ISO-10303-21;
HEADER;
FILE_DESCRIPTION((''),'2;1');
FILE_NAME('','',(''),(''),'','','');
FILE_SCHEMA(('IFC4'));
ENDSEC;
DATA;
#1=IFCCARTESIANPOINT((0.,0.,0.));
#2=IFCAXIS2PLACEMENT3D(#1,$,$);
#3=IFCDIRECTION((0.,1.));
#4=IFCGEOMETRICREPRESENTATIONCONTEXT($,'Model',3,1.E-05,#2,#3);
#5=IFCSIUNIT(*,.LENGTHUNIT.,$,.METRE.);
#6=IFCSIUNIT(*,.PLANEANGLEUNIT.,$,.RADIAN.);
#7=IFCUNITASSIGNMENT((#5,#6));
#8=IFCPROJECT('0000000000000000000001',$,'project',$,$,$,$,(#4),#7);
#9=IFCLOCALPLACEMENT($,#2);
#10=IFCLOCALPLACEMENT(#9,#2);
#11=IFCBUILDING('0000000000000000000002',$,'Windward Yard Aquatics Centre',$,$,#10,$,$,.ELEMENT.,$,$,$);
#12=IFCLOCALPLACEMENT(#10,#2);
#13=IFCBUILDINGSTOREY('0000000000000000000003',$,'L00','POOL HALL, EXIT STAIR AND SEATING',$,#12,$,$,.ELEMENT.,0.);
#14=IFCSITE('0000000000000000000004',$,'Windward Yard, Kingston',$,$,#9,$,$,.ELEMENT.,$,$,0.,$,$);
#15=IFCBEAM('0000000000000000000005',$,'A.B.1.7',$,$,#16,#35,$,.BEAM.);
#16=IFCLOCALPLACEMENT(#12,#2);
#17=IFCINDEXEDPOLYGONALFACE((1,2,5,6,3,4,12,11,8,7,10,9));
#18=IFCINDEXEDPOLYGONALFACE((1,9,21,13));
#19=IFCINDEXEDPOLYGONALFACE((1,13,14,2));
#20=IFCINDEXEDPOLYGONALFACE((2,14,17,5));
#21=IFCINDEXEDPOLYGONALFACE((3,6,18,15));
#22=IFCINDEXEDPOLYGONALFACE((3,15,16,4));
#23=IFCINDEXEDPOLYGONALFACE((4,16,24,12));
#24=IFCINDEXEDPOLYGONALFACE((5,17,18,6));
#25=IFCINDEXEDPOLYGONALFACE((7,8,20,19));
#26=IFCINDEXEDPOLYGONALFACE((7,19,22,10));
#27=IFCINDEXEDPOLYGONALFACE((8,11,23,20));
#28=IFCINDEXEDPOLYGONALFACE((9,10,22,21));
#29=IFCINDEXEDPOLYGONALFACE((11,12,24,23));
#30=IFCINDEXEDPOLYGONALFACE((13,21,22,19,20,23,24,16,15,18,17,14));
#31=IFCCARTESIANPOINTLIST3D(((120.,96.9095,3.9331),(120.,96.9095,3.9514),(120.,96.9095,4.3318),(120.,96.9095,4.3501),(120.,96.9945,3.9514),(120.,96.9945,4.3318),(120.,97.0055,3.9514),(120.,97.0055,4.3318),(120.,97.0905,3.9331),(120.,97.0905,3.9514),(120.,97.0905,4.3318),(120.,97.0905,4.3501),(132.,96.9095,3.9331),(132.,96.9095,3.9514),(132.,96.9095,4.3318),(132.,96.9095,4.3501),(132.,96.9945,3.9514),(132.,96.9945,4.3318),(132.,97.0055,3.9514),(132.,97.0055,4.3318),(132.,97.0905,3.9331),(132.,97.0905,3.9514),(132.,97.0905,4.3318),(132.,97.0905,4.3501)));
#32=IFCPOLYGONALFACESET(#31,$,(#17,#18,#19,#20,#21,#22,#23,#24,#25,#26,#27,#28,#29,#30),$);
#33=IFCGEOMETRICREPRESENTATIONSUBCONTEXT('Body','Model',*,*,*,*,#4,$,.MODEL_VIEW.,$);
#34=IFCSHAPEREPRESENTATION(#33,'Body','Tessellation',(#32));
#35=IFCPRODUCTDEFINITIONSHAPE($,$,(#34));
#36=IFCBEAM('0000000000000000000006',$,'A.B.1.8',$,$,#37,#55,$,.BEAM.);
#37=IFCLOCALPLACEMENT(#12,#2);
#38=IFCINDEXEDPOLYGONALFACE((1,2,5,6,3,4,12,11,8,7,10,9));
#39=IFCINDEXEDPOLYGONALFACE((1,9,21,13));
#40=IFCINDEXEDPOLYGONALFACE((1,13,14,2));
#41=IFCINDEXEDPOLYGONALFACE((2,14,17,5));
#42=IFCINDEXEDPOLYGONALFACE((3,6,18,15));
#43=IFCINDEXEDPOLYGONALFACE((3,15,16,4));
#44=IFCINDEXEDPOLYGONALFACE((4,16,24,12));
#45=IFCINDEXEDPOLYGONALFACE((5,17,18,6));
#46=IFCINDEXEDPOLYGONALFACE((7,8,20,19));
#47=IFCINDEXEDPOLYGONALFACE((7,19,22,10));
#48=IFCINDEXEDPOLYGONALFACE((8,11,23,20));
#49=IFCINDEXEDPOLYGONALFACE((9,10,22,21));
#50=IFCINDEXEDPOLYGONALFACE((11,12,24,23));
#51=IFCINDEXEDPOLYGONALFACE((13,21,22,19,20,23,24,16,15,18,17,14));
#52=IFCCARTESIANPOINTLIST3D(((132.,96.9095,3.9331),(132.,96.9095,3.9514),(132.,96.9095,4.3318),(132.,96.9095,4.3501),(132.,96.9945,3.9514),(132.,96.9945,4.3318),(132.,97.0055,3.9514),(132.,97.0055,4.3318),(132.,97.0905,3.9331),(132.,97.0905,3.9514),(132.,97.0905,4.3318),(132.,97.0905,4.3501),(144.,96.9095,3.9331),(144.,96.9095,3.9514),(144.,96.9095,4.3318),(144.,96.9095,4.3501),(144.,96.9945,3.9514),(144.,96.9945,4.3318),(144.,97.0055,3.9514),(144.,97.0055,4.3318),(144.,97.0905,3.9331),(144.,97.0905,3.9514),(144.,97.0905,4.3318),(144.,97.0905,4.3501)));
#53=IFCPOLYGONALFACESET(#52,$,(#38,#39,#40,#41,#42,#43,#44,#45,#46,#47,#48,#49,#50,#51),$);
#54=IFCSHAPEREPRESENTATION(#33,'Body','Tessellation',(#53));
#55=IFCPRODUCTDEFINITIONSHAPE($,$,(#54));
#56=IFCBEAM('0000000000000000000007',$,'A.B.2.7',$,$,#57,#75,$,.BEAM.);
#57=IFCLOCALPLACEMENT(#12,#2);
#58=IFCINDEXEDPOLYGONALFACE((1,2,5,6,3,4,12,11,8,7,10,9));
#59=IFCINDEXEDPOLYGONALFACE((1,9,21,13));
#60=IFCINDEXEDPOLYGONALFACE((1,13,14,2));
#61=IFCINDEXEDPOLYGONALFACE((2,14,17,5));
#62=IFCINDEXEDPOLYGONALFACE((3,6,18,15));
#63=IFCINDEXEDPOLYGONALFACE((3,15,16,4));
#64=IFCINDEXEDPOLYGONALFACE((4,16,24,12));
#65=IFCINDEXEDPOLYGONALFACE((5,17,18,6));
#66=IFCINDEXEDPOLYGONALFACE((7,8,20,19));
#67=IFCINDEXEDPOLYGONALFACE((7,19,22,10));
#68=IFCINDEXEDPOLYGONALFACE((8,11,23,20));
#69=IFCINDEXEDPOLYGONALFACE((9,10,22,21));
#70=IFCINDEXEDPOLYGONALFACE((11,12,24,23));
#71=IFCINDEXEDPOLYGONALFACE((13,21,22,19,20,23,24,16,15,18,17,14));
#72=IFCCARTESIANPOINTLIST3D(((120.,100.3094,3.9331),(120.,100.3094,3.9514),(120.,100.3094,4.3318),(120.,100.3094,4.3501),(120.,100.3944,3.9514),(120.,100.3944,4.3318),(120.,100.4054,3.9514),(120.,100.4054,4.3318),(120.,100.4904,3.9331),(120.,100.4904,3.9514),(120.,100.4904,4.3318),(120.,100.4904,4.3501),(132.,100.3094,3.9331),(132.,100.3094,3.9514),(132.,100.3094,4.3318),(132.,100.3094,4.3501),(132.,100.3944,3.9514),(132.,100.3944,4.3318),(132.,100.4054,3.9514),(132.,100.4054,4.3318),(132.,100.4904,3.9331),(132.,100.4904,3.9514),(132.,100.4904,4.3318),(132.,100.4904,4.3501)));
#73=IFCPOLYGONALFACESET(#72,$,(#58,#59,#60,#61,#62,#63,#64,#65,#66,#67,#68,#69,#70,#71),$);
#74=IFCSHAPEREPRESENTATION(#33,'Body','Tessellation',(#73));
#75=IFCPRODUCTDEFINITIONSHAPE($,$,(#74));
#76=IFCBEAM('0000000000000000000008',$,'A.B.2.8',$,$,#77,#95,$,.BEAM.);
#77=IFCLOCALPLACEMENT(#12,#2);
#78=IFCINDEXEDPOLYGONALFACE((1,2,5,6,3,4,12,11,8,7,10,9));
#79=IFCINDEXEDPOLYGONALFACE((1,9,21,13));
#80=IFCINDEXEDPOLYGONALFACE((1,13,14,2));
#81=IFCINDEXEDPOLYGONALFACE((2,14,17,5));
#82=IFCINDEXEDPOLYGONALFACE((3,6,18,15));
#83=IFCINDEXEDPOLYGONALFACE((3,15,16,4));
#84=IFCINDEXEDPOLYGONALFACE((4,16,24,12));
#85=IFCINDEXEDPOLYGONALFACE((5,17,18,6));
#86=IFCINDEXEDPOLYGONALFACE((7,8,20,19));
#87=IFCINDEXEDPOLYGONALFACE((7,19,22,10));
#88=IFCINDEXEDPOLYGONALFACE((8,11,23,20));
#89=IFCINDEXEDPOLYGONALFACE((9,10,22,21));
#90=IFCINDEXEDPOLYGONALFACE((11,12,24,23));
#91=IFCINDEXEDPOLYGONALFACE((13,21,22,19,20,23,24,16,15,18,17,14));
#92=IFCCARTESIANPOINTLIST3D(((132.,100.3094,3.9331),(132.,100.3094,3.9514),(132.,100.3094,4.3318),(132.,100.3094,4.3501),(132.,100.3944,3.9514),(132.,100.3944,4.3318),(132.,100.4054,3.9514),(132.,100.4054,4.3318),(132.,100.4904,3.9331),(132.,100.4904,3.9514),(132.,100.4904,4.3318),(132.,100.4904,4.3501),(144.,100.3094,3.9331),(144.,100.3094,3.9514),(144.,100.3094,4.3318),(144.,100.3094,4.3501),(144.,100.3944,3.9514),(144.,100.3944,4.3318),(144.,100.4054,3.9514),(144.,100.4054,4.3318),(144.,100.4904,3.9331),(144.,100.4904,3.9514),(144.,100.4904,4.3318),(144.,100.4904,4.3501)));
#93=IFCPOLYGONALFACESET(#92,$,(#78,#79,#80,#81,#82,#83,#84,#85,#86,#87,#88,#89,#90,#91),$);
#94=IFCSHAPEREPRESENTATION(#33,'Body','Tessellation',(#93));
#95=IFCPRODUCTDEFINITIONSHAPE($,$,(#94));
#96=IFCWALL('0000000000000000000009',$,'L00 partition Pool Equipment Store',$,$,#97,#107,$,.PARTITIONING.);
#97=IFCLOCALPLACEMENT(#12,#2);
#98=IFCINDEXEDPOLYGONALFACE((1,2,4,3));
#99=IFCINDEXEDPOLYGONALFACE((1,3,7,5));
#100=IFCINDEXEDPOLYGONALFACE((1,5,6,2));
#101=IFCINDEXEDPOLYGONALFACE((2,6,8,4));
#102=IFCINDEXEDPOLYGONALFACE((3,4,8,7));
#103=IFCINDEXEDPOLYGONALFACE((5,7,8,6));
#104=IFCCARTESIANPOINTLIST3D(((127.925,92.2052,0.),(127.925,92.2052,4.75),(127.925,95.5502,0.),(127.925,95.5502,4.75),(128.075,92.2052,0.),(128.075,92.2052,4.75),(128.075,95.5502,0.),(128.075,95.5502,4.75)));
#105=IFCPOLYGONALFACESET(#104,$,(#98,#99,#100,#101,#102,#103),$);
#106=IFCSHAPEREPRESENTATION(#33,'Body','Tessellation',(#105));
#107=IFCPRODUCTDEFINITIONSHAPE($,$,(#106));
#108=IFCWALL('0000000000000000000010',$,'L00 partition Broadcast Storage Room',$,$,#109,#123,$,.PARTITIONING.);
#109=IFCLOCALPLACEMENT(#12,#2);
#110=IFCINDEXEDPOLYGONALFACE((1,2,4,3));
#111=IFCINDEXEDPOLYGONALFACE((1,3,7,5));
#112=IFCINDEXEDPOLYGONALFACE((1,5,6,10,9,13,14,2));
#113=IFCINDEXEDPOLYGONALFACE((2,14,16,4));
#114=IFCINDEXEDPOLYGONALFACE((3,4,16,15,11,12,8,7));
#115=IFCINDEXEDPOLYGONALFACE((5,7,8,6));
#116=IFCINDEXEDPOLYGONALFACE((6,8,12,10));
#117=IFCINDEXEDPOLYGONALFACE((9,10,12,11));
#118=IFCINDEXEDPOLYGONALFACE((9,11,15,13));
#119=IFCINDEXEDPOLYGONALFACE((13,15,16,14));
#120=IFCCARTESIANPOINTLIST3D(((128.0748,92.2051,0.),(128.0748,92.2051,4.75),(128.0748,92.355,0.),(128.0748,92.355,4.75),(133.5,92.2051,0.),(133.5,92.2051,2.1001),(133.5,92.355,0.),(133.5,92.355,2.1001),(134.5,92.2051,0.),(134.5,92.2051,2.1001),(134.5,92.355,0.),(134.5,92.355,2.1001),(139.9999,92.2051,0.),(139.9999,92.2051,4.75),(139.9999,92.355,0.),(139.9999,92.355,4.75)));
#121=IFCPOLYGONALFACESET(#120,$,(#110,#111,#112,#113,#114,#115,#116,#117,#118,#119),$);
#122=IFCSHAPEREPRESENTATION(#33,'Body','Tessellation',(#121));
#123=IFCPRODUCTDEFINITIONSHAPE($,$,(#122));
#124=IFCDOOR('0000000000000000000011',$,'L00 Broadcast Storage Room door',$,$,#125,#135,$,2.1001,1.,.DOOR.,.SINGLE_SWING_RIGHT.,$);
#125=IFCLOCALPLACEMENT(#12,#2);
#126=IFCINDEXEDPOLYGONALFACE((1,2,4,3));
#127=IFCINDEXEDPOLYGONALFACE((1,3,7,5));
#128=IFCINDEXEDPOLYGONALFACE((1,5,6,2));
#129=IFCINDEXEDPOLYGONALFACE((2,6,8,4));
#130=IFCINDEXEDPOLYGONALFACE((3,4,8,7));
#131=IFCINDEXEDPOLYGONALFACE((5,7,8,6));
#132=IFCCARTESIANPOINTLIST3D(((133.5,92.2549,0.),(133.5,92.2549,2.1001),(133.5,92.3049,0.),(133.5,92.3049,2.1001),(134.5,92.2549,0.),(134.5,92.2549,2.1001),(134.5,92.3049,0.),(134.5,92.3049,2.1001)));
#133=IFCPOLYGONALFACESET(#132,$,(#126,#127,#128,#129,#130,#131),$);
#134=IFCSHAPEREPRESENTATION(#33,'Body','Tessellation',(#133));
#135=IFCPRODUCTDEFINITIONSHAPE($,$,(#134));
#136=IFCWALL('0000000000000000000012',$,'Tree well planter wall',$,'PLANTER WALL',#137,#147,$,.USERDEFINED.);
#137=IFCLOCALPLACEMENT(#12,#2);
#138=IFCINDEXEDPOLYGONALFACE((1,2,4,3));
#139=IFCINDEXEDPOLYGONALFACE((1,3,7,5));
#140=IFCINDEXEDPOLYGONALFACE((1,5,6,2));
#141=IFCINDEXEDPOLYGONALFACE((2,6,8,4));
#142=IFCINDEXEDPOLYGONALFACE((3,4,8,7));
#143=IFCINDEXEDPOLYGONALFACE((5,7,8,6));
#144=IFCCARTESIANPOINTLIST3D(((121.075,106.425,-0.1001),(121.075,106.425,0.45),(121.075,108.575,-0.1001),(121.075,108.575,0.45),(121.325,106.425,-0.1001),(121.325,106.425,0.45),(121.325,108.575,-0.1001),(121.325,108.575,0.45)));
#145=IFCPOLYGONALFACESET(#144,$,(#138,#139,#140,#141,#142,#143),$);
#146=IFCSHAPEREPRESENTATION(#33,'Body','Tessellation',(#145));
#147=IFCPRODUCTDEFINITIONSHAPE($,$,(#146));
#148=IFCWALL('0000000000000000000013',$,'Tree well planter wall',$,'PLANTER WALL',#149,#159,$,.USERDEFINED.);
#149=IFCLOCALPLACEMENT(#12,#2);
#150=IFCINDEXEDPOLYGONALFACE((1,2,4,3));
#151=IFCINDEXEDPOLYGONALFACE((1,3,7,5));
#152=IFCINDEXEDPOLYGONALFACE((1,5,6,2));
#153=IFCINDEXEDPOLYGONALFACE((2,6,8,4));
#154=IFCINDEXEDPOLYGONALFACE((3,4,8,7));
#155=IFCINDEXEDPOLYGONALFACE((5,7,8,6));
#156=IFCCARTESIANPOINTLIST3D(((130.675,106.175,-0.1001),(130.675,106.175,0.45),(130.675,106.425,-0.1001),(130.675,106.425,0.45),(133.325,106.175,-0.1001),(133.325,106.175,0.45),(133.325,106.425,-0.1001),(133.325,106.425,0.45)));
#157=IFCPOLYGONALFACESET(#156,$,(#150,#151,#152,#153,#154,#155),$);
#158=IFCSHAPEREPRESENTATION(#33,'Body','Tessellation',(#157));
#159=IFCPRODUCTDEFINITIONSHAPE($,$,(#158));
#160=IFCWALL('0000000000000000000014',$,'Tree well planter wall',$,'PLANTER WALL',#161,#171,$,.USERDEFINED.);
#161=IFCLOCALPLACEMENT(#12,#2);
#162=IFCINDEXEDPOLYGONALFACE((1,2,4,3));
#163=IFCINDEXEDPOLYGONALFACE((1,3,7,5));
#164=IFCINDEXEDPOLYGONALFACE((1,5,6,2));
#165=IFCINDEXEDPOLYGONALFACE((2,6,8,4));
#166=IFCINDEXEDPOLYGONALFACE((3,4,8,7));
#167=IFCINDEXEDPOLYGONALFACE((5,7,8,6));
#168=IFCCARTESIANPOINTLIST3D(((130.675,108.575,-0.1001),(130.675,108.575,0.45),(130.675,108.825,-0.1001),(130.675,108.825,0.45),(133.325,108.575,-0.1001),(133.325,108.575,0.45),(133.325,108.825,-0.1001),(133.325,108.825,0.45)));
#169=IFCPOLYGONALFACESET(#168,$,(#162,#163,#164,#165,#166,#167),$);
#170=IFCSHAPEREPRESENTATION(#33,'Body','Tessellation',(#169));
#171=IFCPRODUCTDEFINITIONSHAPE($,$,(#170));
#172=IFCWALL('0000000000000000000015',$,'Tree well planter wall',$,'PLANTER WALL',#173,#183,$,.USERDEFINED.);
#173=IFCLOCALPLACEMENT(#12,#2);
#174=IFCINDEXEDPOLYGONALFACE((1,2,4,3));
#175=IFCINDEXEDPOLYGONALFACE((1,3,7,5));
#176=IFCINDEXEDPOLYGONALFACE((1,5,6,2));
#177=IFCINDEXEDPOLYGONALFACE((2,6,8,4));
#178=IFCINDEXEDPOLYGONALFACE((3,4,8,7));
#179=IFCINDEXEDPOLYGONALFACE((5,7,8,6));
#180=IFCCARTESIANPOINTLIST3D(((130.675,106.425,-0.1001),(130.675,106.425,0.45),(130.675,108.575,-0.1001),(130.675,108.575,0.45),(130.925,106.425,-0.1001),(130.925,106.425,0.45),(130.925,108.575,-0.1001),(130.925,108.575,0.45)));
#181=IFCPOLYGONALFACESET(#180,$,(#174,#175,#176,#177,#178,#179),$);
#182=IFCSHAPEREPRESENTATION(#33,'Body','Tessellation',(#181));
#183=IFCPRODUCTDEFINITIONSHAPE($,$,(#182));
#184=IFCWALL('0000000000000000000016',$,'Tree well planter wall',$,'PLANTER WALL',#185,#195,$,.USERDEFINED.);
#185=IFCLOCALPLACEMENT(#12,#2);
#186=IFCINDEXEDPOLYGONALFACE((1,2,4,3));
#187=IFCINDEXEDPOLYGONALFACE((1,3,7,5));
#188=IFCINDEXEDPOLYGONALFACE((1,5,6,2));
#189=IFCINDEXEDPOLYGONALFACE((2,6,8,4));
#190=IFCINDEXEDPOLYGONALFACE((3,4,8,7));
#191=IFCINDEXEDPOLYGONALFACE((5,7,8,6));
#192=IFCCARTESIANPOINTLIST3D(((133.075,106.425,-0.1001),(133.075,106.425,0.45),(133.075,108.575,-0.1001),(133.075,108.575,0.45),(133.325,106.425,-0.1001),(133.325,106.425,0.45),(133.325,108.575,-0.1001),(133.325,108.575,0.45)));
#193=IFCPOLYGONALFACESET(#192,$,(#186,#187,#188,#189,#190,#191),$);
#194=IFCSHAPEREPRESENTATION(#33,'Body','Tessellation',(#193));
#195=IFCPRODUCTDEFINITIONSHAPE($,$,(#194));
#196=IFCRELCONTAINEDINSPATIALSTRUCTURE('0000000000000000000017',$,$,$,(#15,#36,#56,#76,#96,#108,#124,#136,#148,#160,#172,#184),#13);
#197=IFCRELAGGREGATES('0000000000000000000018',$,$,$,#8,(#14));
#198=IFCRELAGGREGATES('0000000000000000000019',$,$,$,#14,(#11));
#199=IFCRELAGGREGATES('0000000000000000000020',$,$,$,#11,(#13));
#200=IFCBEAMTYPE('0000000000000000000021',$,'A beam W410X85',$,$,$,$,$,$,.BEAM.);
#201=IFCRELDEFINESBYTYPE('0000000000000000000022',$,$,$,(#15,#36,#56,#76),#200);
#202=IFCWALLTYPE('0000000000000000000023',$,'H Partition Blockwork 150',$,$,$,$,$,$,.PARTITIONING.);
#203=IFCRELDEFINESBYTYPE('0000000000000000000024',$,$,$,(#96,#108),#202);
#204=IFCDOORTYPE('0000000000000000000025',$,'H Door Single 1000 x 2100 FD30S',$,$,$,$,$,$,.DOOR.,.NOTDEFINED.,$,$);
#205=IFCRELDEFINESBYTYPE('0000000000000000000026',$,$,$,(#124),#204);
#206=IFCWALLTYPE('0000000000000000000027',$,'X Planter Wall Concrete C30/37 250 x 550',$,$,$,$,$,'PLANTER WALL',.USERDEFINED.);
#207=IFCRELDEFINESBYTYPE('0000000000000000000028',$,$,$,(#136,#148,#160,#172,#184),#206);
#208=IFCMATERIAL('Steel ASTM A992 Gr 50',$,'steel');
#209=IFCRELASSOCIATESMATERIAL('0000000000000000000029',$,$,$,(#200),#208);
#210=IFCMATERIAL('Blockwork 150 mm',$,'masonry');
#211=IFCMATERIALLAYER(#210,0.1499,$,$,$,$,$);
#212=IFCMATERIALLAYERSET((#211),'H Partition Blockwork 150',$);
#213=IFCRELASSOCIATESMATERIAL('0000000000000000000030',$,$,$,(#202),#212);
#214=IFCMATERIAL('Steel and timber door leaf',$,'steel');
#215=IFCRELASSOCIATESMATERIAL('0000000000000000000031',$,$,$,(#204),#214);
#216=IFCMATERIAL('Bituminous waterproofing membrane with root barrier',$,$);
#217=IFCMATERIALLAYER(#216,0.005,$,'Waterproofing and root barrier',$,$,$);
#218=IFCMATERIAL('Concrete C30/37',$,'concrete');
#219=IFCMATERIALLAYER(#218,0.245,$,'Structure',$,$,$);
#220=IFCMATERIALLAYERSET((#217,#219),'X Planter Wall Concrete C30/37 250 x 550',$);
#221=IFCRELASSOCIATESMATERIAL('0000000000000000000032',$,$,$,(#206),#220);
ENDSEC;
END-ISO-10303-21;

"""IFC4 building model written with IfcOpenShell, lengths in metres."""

from ifc_helpers import new_model, si_unit, direction, frame, frame_2d, origin, origin_2d, place, context, subcontext, project, spatial, rectangle, i_section, extrude, material, layer, layer_set, material_profile, profile_set, type_object, element, fill, save


model = new_model("IFC4")

# Units and contexts
model_context = context("Model", 3, precision=1e-05, world=origin(), true_north=direction((0.0, 1.0)))
body_context = subcontext(model_context, "Body", "Model", "MODEL_VIEW")
ifc_project = project(units=[si_unit("LENGTHUNIT", "METRE"), si_unit("PLANEANGLEUNIT", "RADIAN")], contexts=[model_context])

# Site, building, storey
site_placement = place(None, origin())
site = spatial("IfcSite", under=ifc_project, at=site_placement, Name="Windward Yard, Kingston", CompositionType="ELEMENT", RefElevation=0.0)
building_placement = place(site_placement, origin())
building = spatial("IfcBuilding", under=site, at=building_placement, Name="Windward Yard Aquatics Centre", CompositionType="ELEMENT")
storey_placement = place(building_placement, origin())
storey = spatial("IfcBuildingStorey", under=building, at=storey_placement, Name="L00", Description="POOL HALL, EXIT STAIR AND SEATING", CompositionType="ELEMENT", Elevation=0.0)

# Beams
ifc_material_1 = material(Name="Steel ASTM A992 Gr 50", Category="steel")
ifc_material_profile_1 = material_profile(ifc_material_1, i_section(OverallWidth=0.1809, OverallDepth=0.417, WebThickness=0.011, FlangeThickness=0.0183, at=origin_2d()), Name="W410X85")
ifc_profile_set_1 = profile_set([ifc_material_profile_1], Name="Steel ASTM A992 Gr 50")
beam_type = type_object("IfcBeamType", Name="A beam W410X85", PredefinedType="BEAM", material=ifc_profile_set_1)
for number, where, z_axis, x_axis, name in (
    (1, (120.0, 97.0, 4.1416), (1.0, 0.0, 0.0), (0.0, 1.0, 0.0), "A.B.1.7"),
    (2, (132.0, 97.0, 4.1416), (1.0, 0.0, 0.0), (0.0, 1.0, 0.0), "A.B.1.8"),
    (3, (120.0, 100.3999, 4.1416), (1.0, 0.0, 0.0), (0.0, 1.0, 0.0), "A.B.2.7"),
    (4, (132.0, 100.3999, 4.1416), (1.0, 0.0, 0.0), (0.0, 1.0, 0.0), "A.B.2.8"),
):
    element("IfcBeam", number, at=place(storey_placement, frame(where, z_axis=z_axis, x_axis=x_axis)), inside=storey, type_object=beam_type, Name=name, PredefinedType="BEAM", context=body_context, shape_type="SweptSolid", body=[
        extrude(i_section(OverallWidth=0.1809, OverallDepth=0.417, WebThickness=0.011, FlangeThickness=0.0183, at=origin_2d()), origin(), (0.0, 0.0, 1.0), 12.0),
    ])

# Wall
ifc_material_2 = material(Name="Blockwork 150 mm", Category="masonry")
ifc_layer_1 = layer(ifc_material_2, 0.1499)
ifc_layer_set_1 = layer_set([ifc_layer_1], Name="H Partition Blockwork 150")
wall_type_1 = type_object("IfcWallType", Name="H Partition Blockwork 150", PredefinedType="PARTITIONING", material=ifc_layer_set_1)
wall_1_placement = place(storey_placement, frame((128.0, 95.55, 0.0), z_axis=(0.0, 0.0, 1.0), x_axis=(0.0, -1.0, 0.0)))
element("IfcWall", 5, at=wall_1_placement, inside=storey, type_object=wall_type_1, Name="L00 partition Pool Equipment Store", PredefinedType="PARTITIONING", context=body_context, shape_type="SweptSolid", body=[
    extrude(rectangle(XDim=3.345, YDim=0.1499, at=frame_2d((1.6724, 0.0))), origin(), (0.0, 0.0, 1.0), 4.75),
])

# Wall, opening, door
wall_2_placement = place(storey_placement, frame((128.075, 92.28, 0.0), z_axis=(0.0, 0.0, 1.0), x_axis=(1.0, 0.0, 0.0)))
wall_2 = element("IfcWall", 6, at=wall_2_placement, inside=storey, type_object=wall_type_1, Name="L00 partition Broadcast Storage Room", PredefinedType="PARTITIONING", context=body_context, shape_type="SweptSolid", body=[
    extrude(rectangle(XDim=11.925, YDim=0.1499, at=frame_2d((5.9624, 0.0))), origin(), (0.0, 0.0, 1.0), 4.75),
])
opening_placement = place(wall_2_placement, frame((5.425, 0.0, 0.0)))
opening = element("IfcOpeningElement", 7, at=opening_placement, cuts=wall_2, PredefinedType="OPENING", context=body_context, shape_type="SweptSolid", body=[
    extrude(rectangle(XDim=1.0, YDim=2.1001, at=frame_2d((0.5, 1.05))), frame((0.0, 0.085, 0.0), z_axis=(0.0, -1.0, 0.0), x_axis=(1.0, 0.0, 0.0)), (0.0, 0.0, 1.0), 0.1699),
])
ifc_material_3 = material(Name="Steel and timber door leaf", Category="steel")
door_type = type_object("IfcDoorType", Name="H Door Single 1000 x 2100 FD30S", OperationType="NOTDEFINED", PredefinedType="DOOR", material=ifc_material_3)
door_placement = place(opening_placement, origin())
door = element("IfcDoor", 8, at=door_placement, inside=storey, type_object=door_type, Name="L00 Broadcast Storage Room door", OperationType="SINGLE_SWING_RIGHT", OverallHeight=2.1001, OverallWidth=1.0, PredefinedType="DOOR", context=body_context, shape_type="SweptSolid", body=[
    extrude(rectangle(XDim=1.0, YDim=2.1001, at=frame_2d((0.5, 1.05))), frame((0.0, 0.0249, 0.0), z_axis=(0.0, -1.0, 0.0), x_axis=(1.0, 0.0, 0.0)), (0.0, 0.0, 1.0), 0.05),
])
fill(opening, door)

# Walls
ifc_material_4 = material(Name="Bituminous waterproofing membrane with root barrier")
ifc_layer_2 = layer(ifc_material_4, 0.005, Name="Waterproofing and root barrier")
ifc_material_5 = material(Name="Concrete C30/37", Category="concrete")
ifc_layer_3 = layer(ifc_material_5, 0.245, Name="Structure")
ifc_layer_set_2 = layer_set([ifc_layer_2, ifc_layer_3], Name="X Planter Wall Concrete C30/37 250 x 550")
wall_type_2 = type_object("IfcWallType", Name="X Planter Wall Concrete C30/37 250 x 550", ElementType="PLANTER WALL", PredefinedType="USERDEFINED", material=ifc_layer_set_2)
wall_3_placement = place(storey_placement, frame((121.2, 106.425, -0.1001), z_axis=(0.0, 0.0, 1.0), x_axis=(0.0, 1.0, 0.0)))
element("IfcWall", 9, at=wall_3_placement, inside=storey, type_object=wall_type_2, Name="Tree well planter wall", ObjectType="PLANTER WALL", PredefinedType="USERDEFINED", context=body_context, shape_type="SweptSolid", body=[
    extrude(rectangle(XDim=2.1499, YDim=0.25, at=frame_2d((1.075, 0.0))), origin(), (0.0, 0.0, 1.0), 0.55),
])
for number, where, z_axis, x_axis, name in (
    (10, (130.675, 106.3, -0.1001), (0.0, 0.0, 1.0), (1.0, 0.0, 0.0), "Tree well planter wall"),
    (11, (130.675, 108.7, -0.1001), (0.0, 0.0, 1.0), (1.0, 0.0, 0.0), "Tree well planter wall"),
):
    element("IfcWall", number, at=place(storey_placement, frame(where, z_axis=z_axis, x_axis=x_axis)), inside=storey, type_object=wall_type_2, Name=name, ObjectType="PLANTER WALL", PredefinedType="USERDEFINED", context=body_context, shape_type="SweptSolid", body=[
        extrude(rectangle(XDim=2.6499, YDim=0.25, at=frame_2d((1.325, 0.0))), origin(), (0.0, 0.0, 1.0), 0.55),
    ])
for number, where, z_axis, x_axis, name in (
    (12, (130.8, 106.425, -0.1001), (0.0, 0.0, 1.0), (0.0, 1.0, 0.0), "Tree well planter wall"),
    (13, (133.2, 106.425, -0.1001), (0.0, 0.0, 1.0), (0.0, 1.0, 0.0), "Tree well planter wall"),
):
    element("IfcWall", number, at=place(storey_placement, frame(where, z_axis=z_axis, x_axis=x_axis)), inside=storey, type_object=wall_type_2, Name=name, ObjectType="PLANTER WALL", PredefinedType="USERDEFINED", context=body_context, shape_type="SweptSolid", body=[
        extrude(rectangle(XDim=2.1499, YDim=0.25, at=frame_2d((1.075, 0.0))), origin(), (0.0, 0.0, 1.0), 0.55),
    ])

save(model, "model.ifc")
